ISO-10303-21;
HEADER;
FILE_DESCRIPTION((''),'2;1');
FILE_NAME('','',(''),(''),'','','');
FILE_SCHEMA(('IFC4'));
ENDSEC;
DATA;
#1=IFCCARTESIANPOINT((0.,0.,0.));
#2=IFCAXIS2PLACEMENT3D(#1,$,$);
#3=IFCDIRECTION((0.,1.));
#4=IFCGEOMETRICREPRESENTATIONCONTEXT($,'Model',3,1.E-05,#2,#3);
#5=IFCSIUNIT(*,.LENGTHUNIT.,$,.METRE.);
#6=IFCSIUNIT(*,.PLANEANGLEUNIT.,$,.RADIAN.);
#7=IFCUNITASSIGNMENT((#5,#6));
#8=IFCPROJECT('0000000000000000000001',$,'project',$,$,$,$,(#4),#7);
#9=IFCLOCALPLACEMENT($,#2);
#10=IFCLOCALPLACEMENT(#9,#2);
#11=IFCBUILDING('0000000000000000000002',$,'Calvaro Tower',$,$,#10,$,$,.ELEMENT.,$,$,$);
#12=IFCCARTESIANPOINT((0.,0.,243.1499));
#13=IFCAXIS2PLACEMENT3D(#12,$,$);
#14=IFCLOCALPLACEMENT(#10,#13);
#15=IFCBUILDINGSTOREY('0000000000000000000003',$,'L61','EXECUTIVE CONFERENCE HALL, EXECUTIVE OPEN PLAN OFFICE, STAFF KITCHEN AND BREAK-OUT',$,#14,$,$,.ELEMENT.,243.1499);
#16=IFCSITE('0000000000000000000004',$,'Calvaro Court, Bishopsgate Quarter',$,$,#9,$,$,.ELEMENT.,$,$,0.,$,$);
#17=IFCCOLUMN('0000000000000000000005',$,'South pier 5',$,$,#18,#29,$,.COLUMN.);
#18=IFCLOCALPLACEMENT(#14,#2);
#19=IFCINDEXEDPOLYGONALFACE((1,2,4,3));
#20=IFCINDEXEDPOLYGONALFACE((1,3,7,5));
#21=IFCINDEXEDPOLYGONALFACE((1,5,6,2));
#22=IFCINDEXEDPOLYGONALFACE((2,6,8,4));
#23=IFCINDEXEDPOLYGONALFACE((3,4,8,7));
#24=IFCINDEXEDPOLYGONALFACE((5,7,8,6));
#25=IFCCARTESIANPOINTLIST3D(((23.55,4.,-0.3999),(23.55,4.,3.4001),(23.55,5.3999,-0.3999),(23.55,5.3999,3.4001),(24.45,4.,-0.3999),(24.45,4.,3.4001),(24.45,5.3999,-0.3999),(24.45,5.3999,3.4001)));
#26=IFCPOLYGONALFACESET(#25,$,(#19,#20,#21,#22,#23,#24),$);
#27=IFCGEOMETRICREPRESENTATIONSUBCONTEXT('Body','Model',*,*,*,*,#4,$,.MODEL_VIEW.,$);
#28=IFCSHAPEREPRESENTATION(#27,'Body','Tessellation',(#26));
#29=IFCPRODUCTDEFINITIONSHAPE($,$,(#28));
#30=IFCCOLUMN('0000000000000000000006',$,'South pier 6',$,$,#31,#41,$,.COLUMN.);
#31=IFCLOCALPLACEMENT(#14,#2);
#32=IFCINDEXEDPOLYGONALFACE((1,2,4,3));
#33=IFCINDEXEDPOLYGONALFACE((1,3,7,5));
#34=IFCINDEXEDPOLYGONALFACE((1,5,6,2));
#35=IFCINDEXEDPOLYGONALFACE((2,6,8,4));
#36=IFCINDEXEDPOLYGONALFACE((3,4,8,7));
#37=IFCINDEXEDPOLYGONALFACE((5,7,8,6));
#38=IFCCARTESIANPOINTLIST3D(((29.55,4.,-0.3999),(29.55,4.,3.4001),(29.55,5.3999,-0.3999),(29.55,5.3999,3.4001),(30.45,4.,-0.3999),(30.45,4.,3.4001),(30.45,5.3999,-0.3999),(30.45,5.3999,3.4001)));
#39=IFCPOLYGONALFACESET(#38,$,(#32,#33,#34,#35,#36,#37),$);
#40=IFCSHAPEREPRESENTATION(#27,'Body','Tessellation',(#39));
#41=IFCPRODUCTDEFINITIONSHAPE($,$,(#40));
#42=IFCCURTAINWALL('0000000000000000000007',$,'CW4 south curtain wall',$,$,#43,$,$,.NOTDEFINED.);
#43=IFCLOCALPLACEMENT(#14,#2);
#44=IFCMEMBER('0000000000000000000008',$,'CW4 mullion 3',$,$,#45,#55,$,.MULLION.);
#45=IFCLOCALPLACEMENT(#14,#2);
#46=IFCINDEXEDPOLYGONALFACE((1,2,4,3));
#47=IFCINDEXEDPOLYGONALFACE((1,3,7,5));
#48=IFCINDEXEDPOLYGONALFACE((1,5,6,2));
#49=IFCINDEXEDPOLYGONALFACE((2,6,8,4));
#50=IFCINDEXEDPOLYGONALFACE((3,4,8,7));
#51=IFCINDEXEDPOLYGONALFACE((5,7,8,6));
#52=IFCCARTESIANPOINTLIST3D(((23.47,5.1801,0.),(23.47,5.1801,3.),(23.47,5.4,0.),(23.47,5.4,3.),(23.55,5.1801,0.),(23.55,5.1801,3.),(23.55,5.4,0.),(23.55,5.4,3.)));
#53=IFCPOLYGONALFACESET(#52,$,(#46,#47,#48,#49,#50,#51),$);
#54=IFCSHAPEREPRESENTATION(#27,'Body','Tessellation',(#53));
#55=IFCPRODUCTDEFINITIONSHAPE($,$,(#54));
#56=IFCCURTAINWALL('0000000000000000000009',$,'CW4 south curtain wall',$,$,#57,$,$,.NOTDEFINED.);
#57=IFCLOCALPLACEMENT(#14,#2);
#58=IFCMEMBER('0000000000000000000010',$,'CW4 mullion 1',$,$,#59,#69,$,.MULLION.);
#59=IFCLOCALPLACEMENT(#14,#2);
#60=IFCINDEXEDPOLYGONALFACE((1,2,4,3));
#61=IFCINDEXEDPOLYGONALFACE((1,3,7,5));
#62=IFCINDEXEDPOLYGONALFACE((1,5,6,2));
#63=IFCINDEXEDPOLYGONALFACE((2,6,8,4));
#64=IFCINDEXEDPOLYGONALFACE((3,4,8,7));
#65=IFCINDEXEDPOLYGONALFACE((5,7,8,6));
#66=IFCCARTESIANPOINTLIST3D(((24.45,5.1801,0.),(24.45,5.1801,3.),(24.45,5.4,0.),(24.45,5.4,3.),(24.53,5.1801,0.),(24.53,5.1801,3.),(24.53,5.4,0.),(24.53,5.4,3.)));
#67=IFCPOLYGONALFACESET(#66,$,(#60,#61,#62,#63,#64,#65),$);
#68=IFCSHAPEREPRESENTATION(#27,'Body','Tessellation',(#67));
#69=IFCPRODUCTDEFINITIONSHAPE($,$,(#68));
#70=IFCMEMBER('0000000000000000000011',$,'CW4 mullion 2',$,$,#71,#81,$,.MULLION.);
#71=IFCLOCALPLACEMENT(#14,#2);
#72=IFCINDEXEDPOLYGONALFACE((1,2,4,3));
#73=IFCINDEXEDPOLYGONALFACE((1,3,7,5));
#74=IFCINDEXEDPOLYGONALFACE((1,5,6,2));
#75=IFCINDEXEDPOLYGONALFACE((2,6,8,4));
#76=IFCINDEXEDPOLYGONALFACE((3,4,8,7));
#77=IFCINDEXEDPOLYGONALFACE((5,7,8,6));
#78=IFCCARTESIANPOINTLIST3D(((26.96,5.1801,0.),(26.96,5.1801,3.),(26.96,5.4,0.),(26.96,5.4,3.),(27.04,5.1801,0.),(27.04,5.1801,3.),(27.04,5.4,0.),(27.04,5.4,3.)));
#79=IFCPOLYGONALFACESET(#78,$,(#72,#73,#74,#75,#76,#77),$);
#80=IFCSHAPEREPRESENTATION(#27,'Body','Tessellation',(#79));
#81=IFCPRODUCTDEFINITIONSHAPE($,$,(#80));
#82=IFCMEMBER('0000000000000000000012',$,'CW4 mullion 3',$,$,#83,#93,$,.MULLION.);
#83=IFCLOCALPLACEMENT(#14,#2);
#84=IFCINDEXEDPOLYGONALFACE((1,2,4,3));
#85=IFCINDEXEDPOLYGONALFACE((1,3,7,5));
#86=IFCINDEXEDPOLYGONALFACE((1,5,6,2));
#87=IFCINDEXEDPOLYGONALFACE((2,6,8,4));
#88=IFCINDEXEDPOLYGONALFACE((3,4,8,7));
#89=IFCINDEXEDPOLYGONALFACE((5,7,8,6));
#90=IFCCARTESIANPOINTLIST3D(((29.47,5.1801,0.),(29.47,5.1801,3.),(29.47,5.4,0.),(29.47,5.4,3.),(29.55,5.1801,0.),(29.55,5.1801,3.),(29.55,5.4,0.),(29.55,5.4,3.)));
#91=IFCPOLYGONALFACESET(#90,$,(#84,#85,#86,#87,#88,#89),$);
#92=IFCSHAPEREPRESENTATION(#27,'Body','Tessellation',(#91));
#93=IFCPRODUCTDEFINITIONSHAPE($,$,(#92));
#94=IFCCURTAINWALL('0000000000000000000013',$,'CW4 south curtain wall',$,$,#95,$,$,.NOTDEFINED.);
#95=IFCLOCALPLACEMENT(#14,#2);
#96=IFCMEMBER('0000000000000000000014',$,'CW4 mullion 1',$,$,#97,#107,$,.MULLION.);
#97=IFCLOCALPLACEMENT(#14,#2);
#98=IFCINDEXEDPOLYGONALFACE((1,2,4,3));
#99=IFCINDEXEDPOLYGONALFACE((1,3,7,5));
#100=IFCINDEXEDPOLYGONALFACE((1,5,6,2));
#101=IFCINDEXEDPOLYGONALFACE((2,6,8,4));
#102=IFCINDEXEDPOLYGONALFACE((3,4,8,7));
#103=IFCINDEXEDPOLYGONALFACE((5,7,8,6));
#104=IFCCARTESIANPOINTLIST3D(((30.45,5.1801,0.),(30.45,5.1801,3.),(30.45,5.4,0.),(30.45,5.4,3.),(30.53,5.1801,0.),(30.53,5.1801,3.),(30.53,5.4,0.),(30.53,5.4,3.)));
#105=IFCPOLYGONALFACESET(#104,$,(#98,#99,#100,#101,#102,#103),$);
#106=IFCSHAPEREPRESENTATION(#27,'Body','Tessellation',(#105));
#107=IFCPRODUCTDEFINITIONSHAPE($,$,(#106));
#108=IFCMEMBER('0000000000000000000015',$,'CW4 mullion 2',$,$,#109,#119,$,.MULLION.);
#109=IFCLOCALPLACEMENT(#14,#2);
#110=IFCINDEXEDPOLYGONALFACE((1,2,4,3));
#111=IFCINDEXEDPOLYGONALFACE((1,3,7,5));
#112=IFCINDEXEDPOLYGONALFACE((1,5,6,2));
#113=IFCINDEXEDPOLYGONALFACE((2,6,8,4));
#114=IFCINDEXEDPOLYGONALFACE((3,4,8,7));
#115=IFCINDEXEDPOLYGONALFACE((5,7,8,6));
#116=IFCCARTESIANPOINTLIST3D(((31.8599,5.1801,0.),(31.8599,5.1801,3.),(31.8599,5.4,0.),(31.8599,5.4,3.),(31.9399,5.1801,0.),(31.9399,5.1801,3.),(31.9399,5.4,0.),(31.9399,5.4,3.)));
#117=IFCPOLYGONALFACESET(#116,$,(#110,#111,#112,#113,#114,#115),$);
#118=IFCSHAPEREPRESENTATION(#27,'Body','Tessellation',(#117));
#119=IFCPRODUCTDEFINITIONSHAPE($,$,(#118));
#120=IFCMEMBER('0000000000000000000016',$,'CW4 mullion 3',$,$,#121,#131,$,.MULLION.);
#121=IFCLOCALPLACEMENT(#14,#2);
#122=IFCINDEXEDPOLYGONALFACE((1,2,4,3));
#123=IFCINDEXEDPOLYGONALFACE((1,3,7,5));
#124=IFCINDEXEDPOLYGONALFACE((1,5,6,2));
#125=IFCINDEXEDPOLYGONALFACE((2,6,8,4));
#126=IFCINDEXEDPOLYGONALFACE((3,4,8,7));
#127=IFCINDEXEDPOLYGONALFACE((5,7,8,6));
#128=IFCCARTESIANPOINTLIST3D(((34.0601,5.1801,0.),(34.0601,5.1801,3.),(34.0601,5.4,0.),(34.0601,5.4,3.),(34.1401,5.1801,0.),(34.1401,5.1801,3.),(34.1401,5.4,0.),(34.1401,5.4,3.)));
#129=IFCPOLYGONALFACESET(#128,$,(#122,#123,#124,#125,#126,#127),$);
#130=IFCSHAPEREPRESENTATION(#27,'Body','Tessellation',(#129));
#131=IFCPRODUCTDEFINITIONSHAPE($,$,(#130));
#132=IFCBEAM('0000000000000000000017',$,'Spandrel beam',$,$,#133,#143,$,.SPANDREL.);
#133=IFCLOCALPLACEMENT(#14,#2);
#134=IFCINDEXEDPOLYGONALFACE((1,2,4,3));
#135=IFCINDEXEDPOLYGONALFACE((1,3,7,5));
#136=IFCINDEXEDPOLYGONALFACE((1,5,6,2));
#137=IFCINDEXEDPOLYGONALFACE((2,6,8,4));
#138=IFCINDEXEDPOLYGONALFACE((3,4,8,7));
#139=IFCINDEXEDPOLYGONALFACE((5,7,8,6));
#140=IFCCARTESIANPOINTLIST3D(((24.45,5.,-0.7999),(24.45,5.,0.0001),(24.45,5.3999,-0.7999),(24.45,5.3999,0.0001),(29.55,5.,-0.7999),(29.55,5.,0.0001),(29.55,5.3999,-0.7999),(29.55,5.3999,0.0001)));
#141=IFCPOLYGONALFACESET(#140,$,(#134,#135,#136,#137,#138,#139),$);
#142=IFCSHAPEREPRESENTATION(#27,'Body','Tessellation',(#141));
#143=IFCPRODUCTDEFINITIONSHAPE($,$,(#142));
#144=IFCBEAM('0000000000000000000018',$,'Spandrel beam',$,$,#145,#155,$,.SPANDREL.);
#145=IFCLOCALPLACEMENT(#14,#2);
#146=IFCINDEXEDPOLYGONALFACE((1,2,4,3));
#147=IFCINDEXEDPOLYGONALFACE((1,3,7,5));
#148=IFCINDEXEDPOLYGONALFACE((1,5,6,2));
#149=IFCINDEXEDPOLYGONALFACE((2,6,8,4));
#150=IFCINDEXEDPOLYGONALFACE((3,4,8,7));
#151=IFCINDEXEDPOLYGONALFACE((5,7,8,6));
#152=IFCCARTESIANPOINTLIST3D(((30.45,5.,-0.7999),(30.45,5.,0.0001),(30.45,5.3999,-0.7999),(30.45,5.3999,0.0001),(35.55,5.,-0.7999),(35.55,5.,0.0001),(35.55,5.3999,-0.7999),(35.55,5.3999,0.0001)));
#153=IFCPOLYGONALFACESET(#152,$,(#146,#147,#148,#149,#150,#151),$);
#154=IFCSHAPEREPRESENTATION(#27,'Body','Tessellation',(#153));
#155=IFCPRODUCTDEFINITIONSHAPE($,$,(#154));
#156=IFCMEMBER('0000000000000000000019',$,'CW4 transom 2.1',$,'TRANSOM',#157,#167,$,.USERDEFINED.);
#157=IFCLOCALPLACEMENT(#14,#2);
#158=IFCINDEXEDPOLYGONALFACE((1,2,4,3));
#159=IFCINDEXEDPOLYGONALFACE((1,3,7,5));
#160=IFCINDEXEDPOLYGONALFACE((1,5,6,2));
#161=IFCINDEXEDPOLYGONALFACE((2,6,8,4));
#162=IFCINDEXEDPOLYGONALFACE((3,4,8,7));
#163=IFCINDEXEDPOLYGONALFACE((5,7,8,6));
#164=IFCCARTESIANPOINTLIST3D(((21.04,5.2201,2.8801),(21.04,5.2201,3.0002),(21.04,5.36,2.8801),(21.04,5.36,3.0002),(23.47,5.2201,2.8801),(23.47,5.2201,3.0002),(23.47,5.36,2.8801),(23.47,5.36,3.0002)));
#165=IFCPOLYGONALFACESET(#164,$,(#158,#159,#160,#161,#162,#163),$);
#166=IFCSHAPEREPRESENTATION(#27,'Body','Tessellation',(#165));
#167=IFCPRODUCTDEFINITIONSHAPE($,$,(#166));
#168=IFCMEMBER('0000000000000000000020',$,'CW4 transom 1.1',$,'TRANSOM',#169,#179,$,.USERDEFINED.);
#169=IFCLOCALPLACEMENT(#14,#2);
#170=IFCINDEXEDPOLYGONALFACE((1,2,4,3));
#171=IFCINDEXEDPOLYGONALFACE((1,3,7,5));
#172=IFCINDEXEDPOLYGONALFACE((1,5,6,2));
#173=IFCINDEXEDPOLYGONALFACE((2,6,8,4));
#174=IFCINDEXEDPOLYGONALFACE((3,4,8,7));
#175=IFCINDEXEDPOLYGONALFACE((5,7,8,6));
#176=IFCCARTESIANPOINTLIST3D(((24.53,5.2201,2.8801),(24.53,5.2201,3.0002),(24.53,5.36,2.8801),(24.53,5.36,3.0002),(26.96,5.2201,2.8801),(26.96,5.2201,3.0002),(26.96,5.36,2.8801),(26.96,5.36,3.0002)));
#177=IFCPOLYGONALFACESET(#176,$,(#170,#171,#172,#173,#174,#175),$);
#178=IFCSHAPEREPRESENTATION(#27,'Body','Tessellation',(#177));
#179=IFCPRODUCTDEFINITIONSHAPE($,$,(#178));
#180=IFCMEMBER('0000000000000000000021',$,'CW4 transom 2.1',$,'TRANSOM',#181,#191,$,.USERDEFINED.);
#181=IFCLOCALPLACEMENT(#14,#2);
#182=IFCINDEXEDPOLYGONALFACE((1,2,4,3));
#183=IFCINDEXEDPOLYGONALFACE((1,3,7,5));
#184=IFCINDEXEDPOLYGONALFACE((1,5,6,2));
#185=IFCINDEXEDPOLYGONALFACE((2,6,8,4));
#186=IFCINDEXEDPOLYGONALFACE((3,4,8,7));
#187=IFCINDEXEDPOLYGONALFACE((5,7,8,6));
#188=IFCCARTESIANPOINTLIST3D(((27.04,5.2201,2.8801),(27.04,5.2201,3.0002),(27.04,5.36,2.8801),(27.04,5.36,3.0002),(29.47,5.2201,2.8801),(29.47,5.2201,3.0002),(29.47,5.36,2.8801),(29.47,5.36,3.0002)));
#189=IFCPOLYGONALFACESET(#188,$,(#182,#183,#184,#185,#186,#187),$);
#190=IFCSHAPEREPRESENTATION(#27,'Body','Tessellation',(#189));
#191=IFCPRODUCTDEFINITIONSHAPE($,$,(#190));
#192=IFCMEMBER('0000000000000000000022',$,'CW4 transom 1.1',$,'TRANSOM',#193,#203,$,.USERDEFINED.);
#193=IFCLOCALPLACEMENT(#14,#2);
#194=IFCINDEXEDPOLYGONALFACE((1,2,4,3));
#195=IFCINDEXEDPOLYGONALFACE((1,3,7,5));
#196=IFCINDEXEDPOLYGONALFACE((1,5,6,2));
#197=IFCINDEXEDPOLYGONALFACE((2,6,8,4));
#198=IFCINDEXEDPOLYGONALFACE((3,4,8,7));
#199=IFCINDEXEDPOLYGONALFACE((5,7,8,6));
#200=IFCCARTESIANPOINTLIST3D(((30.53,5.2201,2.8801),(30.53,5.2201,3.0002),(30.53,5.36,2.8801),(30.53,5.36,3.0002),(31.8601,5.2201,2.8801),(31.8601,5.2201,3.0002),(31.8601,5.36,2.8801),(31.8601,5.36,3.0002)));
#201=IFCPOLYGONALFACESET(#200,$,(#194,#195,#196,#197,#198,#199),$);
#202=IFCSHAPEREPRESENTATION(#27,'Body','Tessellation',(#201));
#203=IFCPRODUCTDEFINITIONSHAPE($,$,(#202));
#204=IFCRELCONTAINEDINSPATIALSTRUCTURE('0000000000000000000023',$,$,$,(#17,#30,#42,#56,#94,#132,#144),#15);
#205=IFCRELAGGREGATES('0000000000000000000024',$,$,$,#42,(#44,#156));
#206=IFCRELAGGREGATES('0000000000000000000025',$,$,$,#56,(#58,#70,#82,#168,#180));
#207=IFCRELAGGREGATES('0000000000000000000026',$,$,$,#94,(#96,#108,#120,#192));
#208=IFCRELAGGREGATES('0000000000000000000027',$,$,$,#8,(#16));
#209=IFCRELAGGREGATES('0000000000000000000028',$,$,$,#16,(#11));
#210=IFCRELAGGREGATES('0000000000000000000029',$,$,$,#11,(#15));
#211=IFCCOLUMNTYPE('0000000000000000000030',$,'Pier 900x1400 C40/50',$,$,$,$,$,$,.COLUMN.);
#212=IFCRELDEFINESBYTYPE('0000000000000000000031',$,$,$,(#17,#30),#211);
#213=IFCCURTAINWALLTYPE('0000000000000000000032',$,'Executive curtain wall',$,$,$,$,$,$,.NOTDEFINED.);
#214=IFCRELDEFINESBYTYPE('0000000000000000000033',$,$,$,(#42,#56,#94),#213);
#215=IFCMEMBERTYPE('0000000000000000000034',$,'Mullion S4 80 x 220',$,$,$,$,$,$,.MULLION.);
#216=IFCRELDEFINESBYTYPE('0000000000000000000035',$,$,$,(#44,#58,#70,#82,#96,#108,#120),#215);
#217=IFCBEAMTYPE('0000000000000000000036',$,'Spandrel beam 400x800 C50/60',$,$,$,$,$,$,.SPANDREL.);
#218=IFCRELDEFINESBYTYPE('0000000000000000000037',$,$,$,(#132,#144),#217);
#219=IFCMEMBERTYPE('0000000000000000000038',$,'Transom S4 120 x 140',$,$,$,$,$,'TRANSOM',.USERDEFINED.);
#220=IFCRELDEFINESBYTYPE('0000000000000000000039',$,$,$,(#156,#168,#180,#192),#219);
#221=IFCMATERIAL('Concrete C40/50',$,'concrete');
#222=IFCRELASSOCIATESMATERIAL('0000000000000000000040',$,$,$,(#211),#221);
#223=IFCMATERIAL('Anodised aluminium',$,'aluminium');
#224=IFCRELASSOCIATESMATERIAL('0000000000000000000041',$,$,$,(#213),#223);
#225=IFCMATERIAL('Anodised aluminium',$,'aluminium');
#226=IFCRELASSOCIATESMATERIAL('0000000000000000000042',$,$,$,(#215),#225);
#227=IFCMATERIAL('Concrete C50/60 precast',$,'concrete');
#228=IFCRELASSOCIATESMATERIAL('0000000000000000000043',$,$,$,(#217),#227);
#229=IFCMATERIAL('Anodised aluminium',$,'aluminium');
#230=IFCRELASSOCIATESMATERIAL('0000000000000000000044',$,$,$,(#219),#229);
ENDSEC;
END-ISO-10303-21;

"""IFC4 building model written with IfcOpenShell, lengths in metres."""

from ifc_helpers import new_model, si_unit, direction, frame, origin, origin_2d, place, context, subcontext, project, spatial, rectangle, extrude, material, material_profile, profile_set, type_object, element, aggregate, save


model = new_model("IFC4")

# Units and contexts
model_context = context("Model", 3, precision=1e-05, world=origin(), true_north=direction((0.0, 1.0)))
body_context = subcontext(model_context, "Body", "Model", "MODEL_VIEW")
ifc_project = project(units=[si_unit("LENGTHUNIT", "METRE"), si_unit("PLANEANGLEUNIT", "RADIAN")], contexts=[model_context])

# Site, building, storey
site_placement = place(None, origin())
site = spatial("IfcSite", under=ifc_project, at=site_placement, Name="Calvaro Court, Bishopsgate Quarter", CompositionType="ELEMENT", RefElevation=0.0)
building_placement = place(site_placement, origin())
building = spatial("IfcBuilding", under=site, at=building_placement, Name="Calvaro Tower", CompositionType="ELEMENT")
storey_placement = place(building_placement, frame((0.0, 0.0, 243.1499)))
storey = spatial("IfcBuildingStorey", under=building, at=storey_placement, Name="L61", Description="EXECUTIVE CONFERENCE HALL, EXECUTIVE OPEN PLAN OFFICE, STAFF KITCHEN AND BREAK-OUT", CompositionType="ELEMENT", Elevation=243.1499)

# Columns
ifc_material_1 = material(Name="Concrete C40/50", Category="concrete")
ifc_material_profile_1 = material_profile(ifc_material_1, rectangle(XDim=0.8999, YDim=1.3999, at=origin_2d()), Name="RC 900x1400")
ifc_profile_set_1 = profile_set([ifc_material_profile_1], Name="Concrete C40/50")
column_type = type_object("IfcColumnType", Name="Pier 900x1400 C40/50", PredefinedType="COLUMN", material=ifc_profile_set_1)
for number, where, z_axis, x_axis, name in (
    (1, (24.0, 4.7, -0.3999), (0.0, 0.0, 1.0), (1.0, 0.0, 0.0), "South pier 5"),
    (2, (30.0, 4.7, -0.3999), (0.0, 0.0, 1.0), (1.0, 0.0, 0.0), "South pier 6"),
):
    element("IfcColumn", number, at=place(storey_placement, frame(where, z_axis=z_axis, x_axis=x_axis)), inside=storey, type_object=column_type, Name=name, PredefinedType="COLUMN", context=body_context, shape_type="SweptSolid", body=[
        extrude(rectangle(XDim=0.8999, YDim=1.3999, at=origin_2d()), origin(), (0.0, 0.0, 1.0), 3.8),
    ])

# Curtain wall, member
ifc_material_2 = material(Name="Anodised aluminium", Category="aluminium")
curtain_wall_type = type_object("IfcCurtainWallType", Name="Executive curtain wall", PredefinedType="NOTDEFINED", material=ifc_material_2)
curtain_wall_1_placement = place(storey_placement, origin())
curtain_wall_1 = element("IfcCurtainWall", 3, at=curtain_wall_1_placement, inside=storey, type_object=curtain_wall_type, Name="CW4 south curtain wall", PredefinedType="NOTDEFINED")
ifc_material_3 = material(Name="Anodised aluminium", Category="aluminium")
ifc_material_profile_2 = material_profile(ifc_material_3, rectangle(XDim=0.22, YDim=0.0801, at=origin_2d()), Name="Mullion S4 80 x 220")
ifc_profile_set_2 = profile_set([ifc_material_profile_2], Name="Anodised aluminium")
member_type_1 = type_object("IfcMemberType", Name="Mullion S4 80 x 220", PredefinedType="MULLION", material=ifc_profile_set_2)
member_1_placement = place(storey_placement, frame((23.51, 5.29, 0.0), z_axis=(0.0, 0.0, 1.0), x_axis=(0.0, 1.0, 0.0)))
member_1 = element("IfcMember", 4, at=member_1_placement, type_object=member_type_1, Name="CW4 mullion 3", PredefinedType="MULLION", context=body_context, shape_type="SweptSolid", body=[
    extrude(rectangle(XDim=0.22, YDim=0.0801, at=origin_2d()), origin(), (0.0, 0.0, 1.0), 3.0),
])

# Curtain walls, members
curtain_wall_2_placement = place(storey_placement, origin())
curtain_wall_2 = element("IfcCurtainWall", 5, at=curtain_wall_2_placement, inside=storey, type_object=curtain_wall_type, Name="CW4 south curtain wall", PredefinedType="NOTDEFINED")
member_2_placement = place(storey_placement, frame((24.49, 5.29, 0.0), z_axis=(0.0, 0.0, 1.0), x_axis=(0.0, 1.0, 0.0)))
member_2 = element("IfcMember", 6, at=member_2_placement, type_object=member_type_1, Name="CW4 mullion 1", PredefinedType="MULLION", context=body_context, shape_type="SweptSolid", body=[
    extrude(rectangle(XDim=0.22, YDim=0.0801, at=origin_2d()), origin(), (0.0, 0.0, 1.0), 3.0),
])
member_3_placement = place(storey_placement, frame((27.0, 5.29, 0.0), z_axis=(0.0, 0.0, 1.0), x_axis=(0.0, 1.0, 0.0)))
member_3 = element("IfcMember", 7, at=member_3_placement, type_object=member_type_1, Name="CW4 mullion 2", PredefinedType="MULLION", context=body_context, shape_type="SweptSolid", body=[
    extrude(rectangle(XDim=0.22, YDim=0.0801, at=origin_2d()), origin(), (0.0, 0.0, 1.0), 3.0),
])
member_4_placement = place(storey_placement, frame((29.51, 5.29, 0.0), z_axis=(0.0, 0.0, 1.0), x_axis=(0.0, 1.0, 0.0)))
member_4 = element("IfcMember", 8, at=member_4_placement, type_object=member_type_1, Name="CW4 mullion 3", PredefinedType="MULLION", context=body_context, shape_type="SweptSolid", body=[
    extrude(rectangle(XDim=0.22, YDim=0.0801, at=origin_2d()), origin(), (0.0, 0.0, 1.0), 3.0),
])
curtain_wall_3_placement = place(storey_placement, origin())
curtain_wall_3 = element("IfcCurtainWall", 9, at=curtain_wall_3_placement, inside=storey, type_object=curtain_wall_type, Name="CW4 south curtain wall", PredefinedType="NOTDEFINED")
member_5_placement = place(storey_placement, frame((30.49, 5.29, 0.0), z_axis=(0.0, 0.0, 1.0), x_axis=(0.0, 1.0, 0.0)))
member_5 = element("IfcMember", 10, at=member_5_placement, type_object=member_type_1, Name="CW4 mullion 1", PredefinedType="MULLION", context=body_context, shape_type="SweptSolid", body=[
    extrude(rectangle(XDim=0.22, YDim=0.0801, at=origin_2d()), origin(), (0.0, 0.0, 1.0), 3.0),
])
member_6_placement = place(storey_placement, frame((31.8999, 5.29, 0.0), z_axis=(0.0, 0.0, 1.0), x_axis=(0.0, 1.0, 0.0)))
member_6 = element("IfcMember", 11, at=member_6_placement, type_object=member_type_1, Name="CW4 mullion 2", PredefinedType="MULLION", context=body_context, shape_type="SweptSolid", body=[
    extrude(rectangle(XDim=0.22, YDim=0.0801, at=origin_2d()), origin(), (0.0, 0.0, 1.0), 3.0),
])
member_7_placement = place(storey_placement, frame((34.1001, 5.29, 0.0), z_axis=(0.0, 0.0, 1.0), x_axis=(0.0, 1.0, 0.0)))
member_7 = element("IfcMember", 12, at=member_7_placement, type_object=member_type_1, Name="CW4 mullion 3", PredefinedType="MULLION", context=body_context, shape_type="SweptSolid", body=[
    extrude(rectangle(XDim=0.22, YDim=0.0801, at=origin_2d()), origin(), (0.0, 0.0, 1.0), 3.0),
])

# Beams
ifc_material_4 = material(Name="Concrete C50/60 precast", Category="concrete")
ifc_material_profile_3 = material_profile(ifc_material_4, rectangle(XDim=0.3999, YDim=0.8, at=origin_2d()), Name="RC 400x800")
ifc_profile_set_3 = profile_set([ifc_material_profile_3], Name="Concrete C50/60 precast")
beam_type = type_object("IfcBeamType", Name="Spandrel beam 400x800 C50/60", PredefinedType="SPANDREL", material=ifc_profile_set_3)
for number, where, z_axis, x_axis, name in (
    (13, (24.45, 5.2, -0.3999), (1.0, 0.0, 0.0), (0.0, 1.0, 0.0), "Spandrel beam"),
    (14, (30.45, 5.2, -0.3999), (1.0, 0.0, 0.0), (0.0, 1.0, 0.0), "Spandrel beam"),
):
    element("IfcBeam", number, at=place(storey_placement, frame(where, z_axis=z_axis, x_axis=x_axis)), inside=storey, type_object=beam_type, Name=name, PredefinedType="SPANDREL", context=body_context, shape_type="SweptSolid", body=[
        extrude(rectangle(XDim=0.3999, YDim=0.8, at=origin_2d()), origin(), (0.0, 0.0, 1.0), 5.1001),
    ])

# Members
ifc_material_5 = material(Name="Anodised aluminium", Category="aluminium")
ifc_material_profile_4 = material_profile(ifc_material_5, rectangle(XDim=0.1399, YDim=0.1201, at=origin_2d()), Name="Transom S4 120 x 140")
ifc_profile_set_4 = profile_set([ifc_material_profile_4], Name="Anodised aluminium")
member_type_2 = type_object("IfcMemberType", Name="Transom S4 120 x 140", ElementType="TRANSOM", PredefinedType="USERDEFINED", material=ifc_profile_set_4)
member_8_placement = place(storey_placement, frame((21.04, 5.29, 2.9402), z_axis=(1.0, 0.0, 0.0), x_axis=(0.0, 1.0, 0.0)))
member_8 = element("IfcMember", 15, at=member_8_placement, type_object=member_type_2, Name="CW4 transom 2.1", ObjectType="TRANSOM", PredefinedType="USERDEFINED", context=body_context, shape_type="SweptSolid", body=[
    extrude(rectangle(XDim=0.1399, YDim=0.1201, at=origin_2d()), origin(), (0.0, 0.0, 1.0), 2.4299),
])
member_9_placement = place(storey_placement, frame((24.53, 5.29, 2.9402), z_axis=(1.0, 0.0, 0.0), x_axis=(0.0, 1.0, 0.0)))
member_9 = element("IfcMember", 16, at=member_9_placement, type_object=member_type_2, Name="CW4 transom 1.1", ObjectType="TRANSOM", PredefinedType="USERDEFINED", context=body_context, shape_type="SweptSolid", body=[
    extrude(rectangle(XDim=0.1399, YDim=0.1201, at=origin_2d()), origin(), (0.0, 0.0, 1.0), 2.4299),
])
member_10_placement = place(storey_placement, frame((27.04, 5.29, 2.9402), z_axis=(1.0, 0.0, 0.0), x_axis=(0.0, 1.0, 0.0)))
member_10 = element("IfcMember", 17, at=member_10_placement, type_object=member_type_2, Name="CW4 transom 2.1", ObjectType="TRANSOM", PredefinedType="USERDEFINED", context=body_context, shape_type="SweptSolid", body=[
    extrude(rectangle(XDim=0.1399, YDim=0.1201, at=origin_2d()), origin(), (0.0, 0.0, 1.0), 2.4299),
])
member_11_placement = place(storey_placement, frame((30.53, 5.29, 2.9402), z_axis=(1.0, 0.0, 0.0), x_axis=(0.0, 1.0, 0.0)))
member_11 = element("IfcMember", 18, at=member_11_placement, type_object=member_type_2, Name="CW4 transom 1.1", ObjectType="TRANSOM", PredefinedType="USERDEFINED", context=body_context, shape_type="SweptSolid", body=[
    extrude(rectangle(XDim=0.1399, YDim=0.1201, at=origin_2d()), origin(), (0.0, 0.0, 1.0), 1.3301),
])

aggregate(curtain_wall_1, [member_1, member_8])
aggregate(curtain_wall_2, [member_2, member_3, member_4, member_9, member_10])
aggregate(curtain_wall_3, [member_5, member_6, member_7, member_11])

save(model, "model.ifc")
